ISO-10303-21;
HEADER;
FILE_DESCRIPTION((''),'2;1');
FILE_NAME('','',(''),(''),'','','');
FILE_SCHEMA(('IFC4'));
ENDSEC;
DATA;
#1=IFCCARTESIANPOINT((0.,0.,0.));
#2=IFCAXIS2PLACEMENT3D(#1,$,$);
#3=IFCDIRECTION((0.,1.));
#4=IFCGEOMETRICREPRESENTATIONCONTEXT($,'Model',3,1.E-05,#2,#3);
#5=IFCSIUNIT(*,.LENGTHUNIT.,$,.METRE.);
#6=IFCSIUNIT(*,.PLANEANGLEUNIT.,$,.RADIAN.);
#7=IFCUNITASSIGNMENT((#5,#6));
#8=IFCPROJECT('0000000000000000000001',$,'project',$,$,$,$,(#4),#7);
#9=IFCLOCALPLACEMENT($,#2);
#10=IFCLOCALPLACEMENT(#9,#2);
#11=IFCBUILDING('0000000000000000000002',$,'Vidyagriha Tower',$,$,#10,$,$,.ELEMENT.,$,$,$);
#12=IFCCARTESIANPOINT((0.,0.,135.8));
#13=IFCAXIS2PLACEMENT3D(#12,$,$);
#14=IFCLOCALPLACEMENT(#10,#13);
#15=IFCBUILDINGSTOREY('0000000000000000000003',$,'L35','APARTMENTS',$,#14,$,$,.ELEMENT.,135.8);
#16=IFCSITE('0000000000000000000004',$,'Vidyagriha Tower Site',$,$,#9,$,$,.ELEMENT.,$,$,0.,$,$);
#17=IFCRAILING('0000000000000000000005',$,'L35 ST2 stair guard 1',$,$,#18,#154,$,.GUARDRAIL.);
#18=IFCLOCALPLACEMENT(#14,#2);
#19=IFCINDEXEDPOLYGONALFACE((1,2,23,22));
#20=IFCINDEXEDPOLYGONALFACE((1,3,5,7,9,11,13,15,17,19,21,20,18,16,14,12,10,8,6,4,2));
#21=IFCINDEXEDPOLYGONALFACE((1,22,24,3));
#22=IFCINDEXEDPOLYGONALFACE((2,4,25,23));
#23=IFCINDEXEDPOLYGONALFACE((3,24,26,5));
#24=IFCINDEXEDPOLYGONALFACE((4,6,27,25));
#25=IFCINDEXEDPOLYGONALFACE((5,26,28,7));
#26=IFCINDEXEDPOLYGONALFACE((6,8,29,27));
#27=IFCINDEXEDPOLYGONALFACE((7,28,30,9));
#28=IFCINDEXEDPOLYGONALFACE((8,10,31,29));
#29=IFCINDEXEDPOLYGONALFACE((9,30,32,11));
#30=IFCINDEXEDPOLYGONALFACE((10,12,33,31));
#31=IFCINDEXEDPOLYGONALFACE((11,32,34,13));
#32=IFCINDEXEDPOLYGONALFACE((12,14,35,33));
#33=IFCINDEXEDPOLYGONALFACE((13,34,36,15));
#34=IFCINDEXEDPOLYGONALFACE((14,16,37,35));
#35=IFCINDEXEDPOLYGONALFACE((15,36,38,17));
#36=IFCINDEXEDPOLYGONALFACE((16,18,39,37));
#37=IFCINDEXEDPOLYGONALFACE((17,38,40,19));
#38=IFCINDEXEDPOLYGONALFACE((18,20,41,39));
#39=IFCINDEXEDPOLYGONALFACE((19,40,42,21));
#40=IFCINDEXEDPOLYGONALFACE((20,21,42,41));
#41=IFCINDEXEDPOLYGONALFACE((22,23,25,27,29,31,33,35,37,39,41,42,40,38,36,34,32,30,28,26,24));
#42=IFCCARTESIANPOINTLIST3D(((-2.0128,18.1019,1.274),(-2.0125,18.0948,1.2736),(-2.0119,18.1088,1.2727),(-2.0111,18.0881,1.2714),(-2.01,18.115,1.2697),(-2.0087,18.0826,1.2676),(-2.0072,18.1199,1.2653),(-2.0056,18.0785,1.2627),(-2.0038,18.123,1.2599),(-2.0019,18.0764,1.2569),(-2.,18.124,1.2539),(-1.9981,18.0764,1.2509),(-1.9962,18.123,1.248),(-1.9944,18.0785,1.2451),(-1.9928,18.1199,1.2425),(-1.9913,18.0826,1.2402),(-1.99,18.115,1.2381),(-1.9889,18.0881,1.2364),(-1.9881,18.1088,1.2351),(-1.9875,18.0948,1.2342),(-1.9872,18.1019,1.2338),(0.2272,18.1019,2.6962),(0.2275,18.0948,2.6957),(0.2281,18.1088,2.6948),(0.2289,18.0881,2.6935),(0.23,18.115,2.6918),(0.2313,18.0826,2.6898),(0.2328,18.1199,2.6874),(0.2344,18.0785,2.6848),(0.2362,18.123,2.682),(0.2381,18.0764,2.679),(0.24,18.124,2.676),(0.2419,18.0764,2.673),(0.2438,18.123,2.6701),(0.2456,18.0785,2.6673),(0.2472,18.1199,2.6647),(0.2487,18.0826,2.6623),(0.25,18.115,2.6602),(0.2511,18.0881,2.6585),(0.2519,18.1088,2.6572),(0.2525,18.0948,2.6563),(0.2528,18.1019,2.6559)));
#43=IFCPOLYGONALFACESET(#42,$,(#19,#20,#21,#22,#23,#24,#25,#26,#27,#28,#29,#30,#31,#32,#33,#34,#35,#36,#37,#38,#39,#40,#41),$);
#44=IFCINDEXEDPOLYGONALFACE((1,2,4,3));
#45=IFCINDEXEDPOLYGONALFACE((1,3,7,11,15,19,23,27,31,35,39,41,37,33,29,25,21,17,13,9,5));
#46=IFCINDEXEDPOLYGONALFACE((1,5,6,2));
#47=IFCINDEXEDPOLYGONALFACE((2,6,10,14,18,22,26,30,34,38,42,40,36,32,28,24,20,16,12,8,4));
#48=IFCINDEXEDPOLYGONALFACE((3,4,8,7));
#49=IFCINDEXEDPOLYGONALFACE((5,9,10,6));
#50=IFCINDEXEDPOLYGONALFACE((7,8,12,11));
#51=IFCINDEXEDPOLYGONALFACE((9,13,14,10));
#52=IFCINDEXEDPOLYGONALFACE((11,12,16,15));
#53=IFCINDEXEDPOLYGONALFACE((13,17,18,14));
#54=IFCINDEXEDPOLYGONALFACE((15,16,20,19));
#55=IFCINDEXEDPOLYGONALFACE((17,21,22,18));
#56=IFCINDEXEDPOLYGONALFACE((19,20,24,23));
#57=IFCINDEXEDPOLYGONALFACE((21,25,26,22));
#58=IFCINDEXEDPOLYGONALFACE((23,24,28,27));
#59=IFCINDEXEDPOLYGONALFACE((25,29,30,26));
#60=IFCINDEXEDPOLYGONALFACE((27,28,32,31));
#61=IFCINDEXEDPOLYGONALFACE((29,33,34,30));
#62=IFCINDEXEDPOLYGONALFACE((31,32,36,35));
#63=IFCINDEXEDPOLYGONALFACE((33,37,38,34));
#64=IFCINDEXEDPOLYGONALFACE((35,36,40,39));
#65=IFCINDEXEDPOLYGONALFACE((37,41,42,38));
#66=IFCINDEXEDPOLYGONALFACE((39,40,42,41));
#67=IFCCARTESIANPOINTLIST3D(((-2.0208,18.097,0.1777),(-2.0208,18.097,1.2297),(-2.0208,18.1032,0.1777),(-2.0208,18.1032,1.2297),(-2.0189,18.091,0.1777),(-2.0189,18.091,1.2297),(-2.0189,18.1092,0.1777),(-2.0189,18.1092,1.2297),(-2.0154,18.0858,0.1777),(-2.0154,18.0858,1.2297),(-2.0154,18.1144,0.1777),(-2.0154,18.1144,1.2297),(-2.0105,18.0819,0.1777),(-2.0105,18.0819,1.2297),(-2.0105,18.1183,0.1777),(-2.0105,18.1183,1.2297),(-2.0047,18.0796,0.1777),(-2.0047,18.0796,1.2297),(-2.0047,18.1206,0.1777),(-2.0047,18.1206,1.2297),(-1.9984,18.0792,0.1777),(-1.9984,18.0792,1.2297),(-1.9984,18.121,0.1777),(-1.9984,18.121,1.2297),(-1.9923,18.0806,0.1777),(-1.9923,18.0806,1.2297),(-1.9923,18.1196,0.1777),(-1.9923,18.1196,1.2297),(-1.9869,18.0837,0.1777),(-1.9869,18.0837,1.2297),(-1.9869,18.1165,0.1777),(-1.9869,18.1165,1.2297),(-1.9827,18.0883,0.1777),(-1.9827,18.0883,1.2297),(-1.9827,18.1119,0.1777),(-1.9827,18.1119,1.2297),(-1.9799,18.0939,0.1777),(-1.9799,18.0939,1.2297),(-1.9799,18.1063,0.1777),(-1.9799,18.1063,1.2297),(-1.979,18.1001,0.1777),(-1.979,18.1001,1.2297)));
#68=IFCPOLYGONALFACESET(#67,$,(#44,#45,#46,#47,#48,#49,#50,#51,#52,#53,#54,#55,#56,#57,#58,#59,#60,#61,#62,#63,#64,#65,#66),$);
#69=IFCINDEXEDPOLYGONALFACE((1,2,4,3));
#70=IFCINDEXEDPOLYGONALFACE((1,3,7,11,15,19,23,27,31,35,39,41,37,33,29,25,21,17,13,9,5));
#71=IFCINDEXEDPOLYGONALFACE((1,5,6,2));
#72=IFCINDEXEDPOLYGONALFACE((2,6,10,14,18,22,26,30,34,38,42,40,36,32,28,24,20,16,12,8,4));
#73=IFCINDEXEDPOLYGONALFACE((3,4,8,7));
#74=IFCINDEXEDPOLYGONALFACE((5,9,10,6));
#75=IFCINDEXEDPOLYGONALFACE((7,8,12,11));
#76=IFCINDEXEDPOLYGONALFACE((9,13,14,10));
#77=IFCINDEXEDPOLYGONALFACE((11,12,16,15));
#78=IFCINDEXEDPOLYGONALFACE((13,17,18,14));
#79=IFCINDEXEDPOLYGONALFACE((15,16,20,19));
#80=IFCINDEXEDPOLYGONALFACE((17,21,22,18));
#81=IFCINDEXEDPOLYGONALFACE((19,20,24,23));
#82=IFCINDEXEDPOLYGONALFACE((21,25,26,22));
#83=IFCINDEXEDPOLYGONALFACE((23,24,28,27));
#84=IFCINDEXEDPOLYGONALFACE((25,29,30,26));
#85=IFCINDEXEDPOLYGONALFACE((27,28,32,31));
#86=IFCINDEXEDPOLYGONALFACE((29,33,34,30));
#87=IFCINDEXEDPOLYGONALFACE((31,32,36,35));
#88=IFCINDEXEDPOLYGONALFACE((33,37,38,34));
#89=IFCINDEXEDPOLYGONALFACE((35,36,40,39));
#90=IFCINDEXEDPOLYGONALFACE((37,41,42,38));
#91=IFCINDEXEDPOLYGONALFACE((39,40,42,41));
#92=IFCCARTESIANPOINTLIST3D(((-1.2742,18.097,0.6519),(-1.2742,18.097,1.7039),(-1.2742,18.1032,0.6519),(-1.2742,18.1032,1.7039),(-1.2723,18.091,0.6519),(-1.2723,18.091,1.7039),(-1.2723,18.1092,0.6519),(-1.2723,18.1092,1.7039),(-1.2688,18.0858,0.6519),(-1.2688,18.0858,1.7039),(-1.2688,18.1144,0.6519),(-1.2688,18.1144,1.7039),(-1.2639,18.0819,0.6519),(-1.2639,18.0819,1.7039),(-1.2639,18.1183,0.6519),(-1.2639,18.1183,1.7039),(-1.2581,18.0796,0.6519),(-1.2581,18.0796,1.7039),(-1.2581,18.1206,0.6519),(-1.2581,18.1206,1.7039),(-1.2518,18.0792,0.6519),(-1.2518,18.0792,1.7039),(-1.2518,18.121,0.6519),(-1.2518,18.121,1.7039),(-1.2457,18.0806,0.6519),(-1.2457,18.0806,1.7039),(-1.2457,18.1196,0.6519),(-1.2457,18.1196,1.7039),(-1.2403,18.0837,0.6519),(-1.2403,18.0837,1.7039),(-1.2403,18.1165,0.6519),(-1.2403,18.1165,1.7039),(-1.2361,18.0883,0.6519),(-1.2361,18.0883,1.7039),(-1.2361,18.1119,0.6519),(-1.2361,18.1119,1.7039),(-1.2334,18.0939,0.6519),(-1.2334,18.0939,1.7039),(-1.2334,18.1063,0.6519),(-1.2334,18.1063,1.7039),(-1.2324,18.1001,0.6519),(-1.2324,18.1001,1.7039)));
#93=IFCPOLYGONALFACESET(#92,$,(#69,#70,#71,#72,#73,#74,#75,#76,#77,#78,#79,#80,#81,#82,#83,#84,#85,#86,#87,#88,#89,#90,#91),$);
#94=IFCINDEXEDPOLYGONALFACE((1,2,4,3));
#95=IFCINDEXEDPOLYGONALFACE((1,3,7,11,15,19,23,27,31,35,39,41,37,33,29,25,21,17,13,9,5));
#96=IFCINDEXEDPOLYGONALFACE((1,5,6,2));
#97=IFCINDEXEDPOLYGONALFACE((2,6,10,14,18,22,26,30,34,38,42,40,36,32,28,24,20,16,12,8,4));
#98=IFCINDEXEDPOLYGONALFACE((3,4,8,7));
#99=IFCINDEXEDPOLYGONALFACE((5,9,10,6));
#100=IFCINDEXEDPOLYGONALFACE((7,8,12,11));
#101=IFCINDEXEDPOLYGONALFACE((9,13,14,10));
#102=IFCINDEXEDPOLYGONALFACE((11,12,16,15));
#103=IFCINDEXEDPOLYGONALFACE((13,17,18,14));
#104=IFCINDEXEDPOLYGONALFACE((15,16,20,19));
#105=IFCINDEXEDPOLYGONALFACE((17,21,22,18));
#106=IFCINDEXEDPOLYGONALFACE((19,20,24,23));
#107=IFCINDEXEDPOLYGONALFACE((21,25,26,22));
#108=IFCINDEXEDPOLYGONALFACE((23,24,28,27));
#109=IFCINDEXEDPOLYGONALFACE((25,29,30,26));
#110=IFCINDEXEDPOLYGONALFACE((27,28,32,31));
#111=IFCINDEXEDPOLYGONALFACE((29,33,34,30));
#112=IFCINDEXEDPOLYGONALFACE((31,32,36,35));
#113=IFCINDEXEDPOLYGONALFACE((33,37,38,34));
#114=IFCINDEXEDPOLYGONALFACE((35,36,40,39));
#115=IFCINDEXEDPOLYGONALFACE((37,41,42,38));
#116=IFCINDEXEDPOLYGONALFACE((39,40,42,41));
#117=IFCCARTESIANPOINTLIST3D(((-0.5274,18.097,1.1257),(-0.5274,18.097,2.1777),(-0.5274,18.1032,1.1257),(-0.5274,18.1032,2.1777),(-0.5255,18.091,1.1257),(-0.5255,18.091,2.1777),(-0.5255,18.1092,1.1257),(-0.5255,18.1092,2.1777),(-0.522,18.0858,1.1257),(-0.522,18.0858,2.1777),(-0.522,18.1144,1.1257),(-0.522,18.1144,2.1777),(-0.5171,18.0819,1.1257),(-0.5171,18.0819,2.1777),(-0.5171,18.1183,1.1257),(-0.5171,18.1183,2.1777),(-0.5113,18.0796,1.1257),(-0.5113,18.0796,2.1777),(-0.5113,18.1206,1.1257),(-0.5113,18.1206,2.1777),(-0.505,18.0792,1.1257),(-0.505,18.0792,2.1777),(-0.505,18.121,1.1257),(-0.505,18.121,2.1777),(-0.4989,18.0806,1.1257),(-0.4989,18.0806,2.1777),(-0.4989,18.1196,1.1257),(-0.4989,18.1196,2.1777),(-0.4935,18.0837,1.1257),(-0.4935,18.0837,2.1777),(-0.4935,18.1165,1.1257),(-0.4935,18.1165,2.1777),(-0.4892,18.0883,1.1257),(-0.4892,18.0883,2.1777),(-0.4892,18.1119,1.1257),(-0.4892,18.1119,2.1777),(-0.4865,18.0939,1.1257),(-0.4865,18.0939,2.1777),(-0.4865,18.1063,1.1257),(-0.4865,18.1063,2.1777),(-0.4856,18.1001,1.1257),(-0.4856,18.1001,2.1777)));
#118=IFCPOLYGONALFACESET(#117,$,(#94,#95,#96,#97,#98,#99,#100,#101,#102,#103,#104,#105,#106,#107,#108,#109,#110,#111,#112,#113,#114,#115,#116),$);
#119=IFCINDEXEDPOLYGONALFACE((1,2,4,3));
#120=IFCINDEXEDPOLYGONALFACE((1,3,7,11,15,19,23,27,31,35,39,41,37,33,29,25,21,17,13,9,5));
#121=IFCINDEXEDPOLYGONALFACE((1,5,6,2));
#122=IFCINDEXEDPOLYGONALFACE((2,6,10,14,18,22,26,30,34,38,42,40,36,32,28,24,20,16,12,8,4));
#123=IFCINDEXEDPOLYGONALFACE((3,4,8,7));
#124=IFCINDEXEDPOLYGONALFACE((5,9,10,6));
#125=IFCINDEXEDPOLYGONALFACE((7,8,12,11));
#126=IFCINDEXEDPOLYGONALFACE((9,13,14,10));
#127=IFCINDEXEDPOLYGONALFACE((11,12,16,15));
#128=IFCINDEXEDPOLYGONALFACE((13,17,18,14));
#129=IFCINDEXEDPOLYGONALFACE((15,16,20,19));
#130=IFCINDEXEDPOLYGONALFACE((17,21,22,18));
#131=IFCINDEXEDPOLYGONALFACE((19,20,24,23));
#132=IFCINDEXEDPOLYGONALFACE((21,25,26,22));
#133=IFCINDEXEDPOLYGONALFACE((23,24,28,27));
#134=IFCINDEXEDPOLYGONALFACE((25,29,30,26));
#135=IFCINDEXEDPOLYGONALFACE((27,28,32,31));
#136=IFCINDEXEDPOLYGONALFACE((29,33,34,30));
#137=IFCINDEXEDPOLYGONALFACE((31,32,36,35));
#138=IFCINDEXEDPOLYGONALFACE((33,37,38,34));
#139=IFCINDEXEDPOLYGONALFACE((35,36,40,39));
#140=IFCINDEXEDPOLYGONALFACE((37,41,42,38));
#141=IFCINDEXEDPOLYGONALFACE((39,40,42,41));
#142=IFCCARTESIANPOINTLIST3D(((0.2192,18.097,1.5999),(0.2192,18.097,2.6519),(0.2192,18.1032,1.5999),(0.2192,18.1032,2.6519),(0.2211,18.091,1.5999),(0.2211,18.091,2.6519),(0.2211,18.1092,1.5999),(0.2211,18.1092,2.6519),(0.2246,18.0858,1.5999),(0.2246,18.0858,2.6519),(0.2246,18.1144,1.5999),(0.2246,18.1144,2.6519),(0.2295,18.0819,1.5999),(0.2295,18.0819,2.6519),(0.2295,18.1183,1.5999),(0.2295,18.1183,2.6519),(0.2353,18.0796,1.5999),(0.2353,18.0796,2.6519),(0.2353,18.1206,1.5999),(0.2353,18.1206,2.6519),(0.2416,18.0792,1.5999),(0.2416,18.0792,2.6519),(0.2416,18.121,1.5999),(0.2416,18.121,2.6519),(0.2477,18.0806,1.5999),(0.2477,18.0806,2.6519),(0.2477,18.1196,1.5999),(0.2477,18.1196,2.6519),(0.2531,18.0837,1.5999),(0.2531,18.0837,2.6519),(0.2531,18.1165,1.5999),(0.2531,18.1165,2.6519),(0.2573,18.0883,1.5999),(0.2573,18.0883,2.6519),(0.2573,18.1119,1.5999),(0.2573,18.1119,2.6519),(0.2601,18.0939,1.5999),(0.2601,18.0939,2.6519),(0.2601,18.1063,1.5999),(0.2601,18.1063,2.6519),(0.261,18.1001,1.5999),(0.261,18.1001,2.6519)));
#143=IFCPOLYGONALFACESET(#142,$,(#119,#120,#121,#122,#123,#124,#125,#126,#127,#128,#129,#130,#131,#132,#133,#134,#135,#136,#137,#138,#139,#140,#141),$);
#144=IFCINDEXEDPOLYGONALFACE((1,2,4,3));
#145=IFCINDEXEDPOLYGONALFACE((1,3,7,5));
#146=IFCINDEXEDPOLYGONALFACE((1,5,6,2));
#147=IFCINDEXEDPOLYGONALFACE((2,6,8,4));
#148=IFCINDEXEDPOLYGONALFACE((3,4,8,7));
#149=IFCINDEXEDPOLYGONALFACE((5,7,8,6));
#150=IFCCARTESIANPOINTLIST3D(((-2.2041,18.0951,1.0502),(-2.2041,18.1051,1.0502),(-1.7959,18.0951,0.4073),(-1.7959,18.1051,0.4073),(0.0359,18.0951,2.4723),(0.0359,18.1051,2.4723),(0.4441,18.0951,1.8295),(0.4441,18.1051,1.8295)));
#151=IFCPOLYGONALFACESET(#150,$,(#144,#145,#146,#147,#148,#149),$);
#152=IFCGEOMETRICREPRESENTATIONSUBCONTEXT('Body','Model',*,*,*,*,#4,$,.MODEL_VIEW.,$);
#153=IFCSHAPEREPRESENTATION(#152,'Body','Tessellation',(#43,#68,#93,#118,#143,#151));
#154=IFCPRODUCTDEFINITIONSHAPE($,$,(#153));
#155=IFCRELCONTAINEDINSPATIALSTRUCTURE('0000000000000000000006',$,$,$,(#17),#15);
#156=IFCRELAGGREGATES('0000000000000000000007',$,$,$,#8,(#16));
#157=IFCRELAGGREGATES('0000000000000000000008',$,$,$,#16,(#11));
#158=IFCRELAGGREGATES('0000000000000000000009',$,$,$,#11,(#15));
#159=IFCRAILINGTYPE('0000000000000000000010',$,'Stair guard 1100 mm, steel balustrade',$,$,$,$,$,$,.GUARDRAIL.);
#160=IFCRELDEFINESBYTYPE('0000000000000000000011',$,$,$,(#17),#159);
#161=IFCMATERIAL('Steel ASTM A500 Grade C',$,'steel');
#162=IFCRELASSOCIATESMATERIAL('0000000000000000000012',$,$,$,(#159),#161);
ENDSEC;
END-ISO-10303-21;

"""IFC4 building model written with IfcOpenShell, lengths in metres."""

from ifc_helpers import new_model, si_unit, direction, frame, origin, origin_2d, place, context, subcontext, project, spatial, rectangle, circle, extrude, material, type_object, element, save


model = new_model("IFC4")

# Units and contexts
model_context = context("Model", 3, precision=1e-05, world=origin(), true_north=direction((0.0, 1.0)))
body_context = subcontext(model_context, "Body", "Model", "MODEL_VIEW")
ifc_project = project(units=[si_unit("LENGTHUNIT", "METRE"), si_unit("PLANEANGLEUNIT", "RADIAN")], contexts=[model_context])

# Site, building, storey
site_placement = place(None, origin())
site = spatial("IfcSite", under=ifc_project, at=site_placement, Name="Vidyagriha Tower Site", CompositionType="ELEMENT", RefElevation=0.0)
building_placement = place(site_placement, origin())
building = spatial("IfcBuilding", under=site, at=building_placement, Name="Vidyagriha Tower", CompositionType="ELEMENT")
storey_placement = place(building_placement, frame((0.0, 0.0, 135.8)))
storey = spatial("IfcBuildingStorey", under=building, at=storey_placement, Name="L35", Description="APARTMENTS", CompositionType="ELEMENT", Elevation=135.8)

# Railing
ifc_material_1 = material(Name="Steel ASTM A500 Grade C", Category="steel")
railing_type_1 = type_object("IfcRailingType", Name="Stair guard 1100 mm, steel balustrade", PredefinedType="GUARDRAIL", material=ifc_material_1)
railing_1_placement = place(storey_placement, frame((-2.0, 18.1001, 0.1777)))
element("IfcRailing", 1, at=railing_1_placement, inside=storey, type_object=railing_type_1, Name="L35 ST2 stair guard 1", PredefinedType="GUARDRAIL", context=body_context, shape_type="SweptSolid", body=[
    extrude(circle(Radius=0.0239, at=origin_2d()), frame((0.0, 0.0, 1.0762), z_axis=(0.844229, 0.0, 0.535982), x_axis=(0.0, 1.0, 0.0)), (0.0, 0.0, 1.0), 2.6533),
    extrude(circle(Radius=0.021, at=origin_2d()), origin(), (0.0, 0.0, 1.0), 1.052),
    extrude(circle(Radius=0.021, at=origin_2d()), frame((0.7466, 0.0, 0.4741)), (0.0, 0.0, 1.0), 1.052),
    extrude(circle(Radius=0.021, at=origin_2d()), frame((1.4934, 0.0, 0.948)), (0.0, 0.0, 1.0), 1.052),
    extrude(circle(Radius=0.021, at=origin_2d()), frame((2.24, 0.0, 1.4221)), (0.0, 0.0, 1.0), 1.052),
    extrude(rectangle(XDim=0.01, YDim=0.7615, at=origin_2d()), frame((0.0, 0.0, 0.551), z_axis=(0.844229, 0.0, 0.535982), x_axis=(0.0, 1.0, 0.0)), (0.0, 0.0, 1.0), 2.6533),
])

save(model, "model.ifc")
